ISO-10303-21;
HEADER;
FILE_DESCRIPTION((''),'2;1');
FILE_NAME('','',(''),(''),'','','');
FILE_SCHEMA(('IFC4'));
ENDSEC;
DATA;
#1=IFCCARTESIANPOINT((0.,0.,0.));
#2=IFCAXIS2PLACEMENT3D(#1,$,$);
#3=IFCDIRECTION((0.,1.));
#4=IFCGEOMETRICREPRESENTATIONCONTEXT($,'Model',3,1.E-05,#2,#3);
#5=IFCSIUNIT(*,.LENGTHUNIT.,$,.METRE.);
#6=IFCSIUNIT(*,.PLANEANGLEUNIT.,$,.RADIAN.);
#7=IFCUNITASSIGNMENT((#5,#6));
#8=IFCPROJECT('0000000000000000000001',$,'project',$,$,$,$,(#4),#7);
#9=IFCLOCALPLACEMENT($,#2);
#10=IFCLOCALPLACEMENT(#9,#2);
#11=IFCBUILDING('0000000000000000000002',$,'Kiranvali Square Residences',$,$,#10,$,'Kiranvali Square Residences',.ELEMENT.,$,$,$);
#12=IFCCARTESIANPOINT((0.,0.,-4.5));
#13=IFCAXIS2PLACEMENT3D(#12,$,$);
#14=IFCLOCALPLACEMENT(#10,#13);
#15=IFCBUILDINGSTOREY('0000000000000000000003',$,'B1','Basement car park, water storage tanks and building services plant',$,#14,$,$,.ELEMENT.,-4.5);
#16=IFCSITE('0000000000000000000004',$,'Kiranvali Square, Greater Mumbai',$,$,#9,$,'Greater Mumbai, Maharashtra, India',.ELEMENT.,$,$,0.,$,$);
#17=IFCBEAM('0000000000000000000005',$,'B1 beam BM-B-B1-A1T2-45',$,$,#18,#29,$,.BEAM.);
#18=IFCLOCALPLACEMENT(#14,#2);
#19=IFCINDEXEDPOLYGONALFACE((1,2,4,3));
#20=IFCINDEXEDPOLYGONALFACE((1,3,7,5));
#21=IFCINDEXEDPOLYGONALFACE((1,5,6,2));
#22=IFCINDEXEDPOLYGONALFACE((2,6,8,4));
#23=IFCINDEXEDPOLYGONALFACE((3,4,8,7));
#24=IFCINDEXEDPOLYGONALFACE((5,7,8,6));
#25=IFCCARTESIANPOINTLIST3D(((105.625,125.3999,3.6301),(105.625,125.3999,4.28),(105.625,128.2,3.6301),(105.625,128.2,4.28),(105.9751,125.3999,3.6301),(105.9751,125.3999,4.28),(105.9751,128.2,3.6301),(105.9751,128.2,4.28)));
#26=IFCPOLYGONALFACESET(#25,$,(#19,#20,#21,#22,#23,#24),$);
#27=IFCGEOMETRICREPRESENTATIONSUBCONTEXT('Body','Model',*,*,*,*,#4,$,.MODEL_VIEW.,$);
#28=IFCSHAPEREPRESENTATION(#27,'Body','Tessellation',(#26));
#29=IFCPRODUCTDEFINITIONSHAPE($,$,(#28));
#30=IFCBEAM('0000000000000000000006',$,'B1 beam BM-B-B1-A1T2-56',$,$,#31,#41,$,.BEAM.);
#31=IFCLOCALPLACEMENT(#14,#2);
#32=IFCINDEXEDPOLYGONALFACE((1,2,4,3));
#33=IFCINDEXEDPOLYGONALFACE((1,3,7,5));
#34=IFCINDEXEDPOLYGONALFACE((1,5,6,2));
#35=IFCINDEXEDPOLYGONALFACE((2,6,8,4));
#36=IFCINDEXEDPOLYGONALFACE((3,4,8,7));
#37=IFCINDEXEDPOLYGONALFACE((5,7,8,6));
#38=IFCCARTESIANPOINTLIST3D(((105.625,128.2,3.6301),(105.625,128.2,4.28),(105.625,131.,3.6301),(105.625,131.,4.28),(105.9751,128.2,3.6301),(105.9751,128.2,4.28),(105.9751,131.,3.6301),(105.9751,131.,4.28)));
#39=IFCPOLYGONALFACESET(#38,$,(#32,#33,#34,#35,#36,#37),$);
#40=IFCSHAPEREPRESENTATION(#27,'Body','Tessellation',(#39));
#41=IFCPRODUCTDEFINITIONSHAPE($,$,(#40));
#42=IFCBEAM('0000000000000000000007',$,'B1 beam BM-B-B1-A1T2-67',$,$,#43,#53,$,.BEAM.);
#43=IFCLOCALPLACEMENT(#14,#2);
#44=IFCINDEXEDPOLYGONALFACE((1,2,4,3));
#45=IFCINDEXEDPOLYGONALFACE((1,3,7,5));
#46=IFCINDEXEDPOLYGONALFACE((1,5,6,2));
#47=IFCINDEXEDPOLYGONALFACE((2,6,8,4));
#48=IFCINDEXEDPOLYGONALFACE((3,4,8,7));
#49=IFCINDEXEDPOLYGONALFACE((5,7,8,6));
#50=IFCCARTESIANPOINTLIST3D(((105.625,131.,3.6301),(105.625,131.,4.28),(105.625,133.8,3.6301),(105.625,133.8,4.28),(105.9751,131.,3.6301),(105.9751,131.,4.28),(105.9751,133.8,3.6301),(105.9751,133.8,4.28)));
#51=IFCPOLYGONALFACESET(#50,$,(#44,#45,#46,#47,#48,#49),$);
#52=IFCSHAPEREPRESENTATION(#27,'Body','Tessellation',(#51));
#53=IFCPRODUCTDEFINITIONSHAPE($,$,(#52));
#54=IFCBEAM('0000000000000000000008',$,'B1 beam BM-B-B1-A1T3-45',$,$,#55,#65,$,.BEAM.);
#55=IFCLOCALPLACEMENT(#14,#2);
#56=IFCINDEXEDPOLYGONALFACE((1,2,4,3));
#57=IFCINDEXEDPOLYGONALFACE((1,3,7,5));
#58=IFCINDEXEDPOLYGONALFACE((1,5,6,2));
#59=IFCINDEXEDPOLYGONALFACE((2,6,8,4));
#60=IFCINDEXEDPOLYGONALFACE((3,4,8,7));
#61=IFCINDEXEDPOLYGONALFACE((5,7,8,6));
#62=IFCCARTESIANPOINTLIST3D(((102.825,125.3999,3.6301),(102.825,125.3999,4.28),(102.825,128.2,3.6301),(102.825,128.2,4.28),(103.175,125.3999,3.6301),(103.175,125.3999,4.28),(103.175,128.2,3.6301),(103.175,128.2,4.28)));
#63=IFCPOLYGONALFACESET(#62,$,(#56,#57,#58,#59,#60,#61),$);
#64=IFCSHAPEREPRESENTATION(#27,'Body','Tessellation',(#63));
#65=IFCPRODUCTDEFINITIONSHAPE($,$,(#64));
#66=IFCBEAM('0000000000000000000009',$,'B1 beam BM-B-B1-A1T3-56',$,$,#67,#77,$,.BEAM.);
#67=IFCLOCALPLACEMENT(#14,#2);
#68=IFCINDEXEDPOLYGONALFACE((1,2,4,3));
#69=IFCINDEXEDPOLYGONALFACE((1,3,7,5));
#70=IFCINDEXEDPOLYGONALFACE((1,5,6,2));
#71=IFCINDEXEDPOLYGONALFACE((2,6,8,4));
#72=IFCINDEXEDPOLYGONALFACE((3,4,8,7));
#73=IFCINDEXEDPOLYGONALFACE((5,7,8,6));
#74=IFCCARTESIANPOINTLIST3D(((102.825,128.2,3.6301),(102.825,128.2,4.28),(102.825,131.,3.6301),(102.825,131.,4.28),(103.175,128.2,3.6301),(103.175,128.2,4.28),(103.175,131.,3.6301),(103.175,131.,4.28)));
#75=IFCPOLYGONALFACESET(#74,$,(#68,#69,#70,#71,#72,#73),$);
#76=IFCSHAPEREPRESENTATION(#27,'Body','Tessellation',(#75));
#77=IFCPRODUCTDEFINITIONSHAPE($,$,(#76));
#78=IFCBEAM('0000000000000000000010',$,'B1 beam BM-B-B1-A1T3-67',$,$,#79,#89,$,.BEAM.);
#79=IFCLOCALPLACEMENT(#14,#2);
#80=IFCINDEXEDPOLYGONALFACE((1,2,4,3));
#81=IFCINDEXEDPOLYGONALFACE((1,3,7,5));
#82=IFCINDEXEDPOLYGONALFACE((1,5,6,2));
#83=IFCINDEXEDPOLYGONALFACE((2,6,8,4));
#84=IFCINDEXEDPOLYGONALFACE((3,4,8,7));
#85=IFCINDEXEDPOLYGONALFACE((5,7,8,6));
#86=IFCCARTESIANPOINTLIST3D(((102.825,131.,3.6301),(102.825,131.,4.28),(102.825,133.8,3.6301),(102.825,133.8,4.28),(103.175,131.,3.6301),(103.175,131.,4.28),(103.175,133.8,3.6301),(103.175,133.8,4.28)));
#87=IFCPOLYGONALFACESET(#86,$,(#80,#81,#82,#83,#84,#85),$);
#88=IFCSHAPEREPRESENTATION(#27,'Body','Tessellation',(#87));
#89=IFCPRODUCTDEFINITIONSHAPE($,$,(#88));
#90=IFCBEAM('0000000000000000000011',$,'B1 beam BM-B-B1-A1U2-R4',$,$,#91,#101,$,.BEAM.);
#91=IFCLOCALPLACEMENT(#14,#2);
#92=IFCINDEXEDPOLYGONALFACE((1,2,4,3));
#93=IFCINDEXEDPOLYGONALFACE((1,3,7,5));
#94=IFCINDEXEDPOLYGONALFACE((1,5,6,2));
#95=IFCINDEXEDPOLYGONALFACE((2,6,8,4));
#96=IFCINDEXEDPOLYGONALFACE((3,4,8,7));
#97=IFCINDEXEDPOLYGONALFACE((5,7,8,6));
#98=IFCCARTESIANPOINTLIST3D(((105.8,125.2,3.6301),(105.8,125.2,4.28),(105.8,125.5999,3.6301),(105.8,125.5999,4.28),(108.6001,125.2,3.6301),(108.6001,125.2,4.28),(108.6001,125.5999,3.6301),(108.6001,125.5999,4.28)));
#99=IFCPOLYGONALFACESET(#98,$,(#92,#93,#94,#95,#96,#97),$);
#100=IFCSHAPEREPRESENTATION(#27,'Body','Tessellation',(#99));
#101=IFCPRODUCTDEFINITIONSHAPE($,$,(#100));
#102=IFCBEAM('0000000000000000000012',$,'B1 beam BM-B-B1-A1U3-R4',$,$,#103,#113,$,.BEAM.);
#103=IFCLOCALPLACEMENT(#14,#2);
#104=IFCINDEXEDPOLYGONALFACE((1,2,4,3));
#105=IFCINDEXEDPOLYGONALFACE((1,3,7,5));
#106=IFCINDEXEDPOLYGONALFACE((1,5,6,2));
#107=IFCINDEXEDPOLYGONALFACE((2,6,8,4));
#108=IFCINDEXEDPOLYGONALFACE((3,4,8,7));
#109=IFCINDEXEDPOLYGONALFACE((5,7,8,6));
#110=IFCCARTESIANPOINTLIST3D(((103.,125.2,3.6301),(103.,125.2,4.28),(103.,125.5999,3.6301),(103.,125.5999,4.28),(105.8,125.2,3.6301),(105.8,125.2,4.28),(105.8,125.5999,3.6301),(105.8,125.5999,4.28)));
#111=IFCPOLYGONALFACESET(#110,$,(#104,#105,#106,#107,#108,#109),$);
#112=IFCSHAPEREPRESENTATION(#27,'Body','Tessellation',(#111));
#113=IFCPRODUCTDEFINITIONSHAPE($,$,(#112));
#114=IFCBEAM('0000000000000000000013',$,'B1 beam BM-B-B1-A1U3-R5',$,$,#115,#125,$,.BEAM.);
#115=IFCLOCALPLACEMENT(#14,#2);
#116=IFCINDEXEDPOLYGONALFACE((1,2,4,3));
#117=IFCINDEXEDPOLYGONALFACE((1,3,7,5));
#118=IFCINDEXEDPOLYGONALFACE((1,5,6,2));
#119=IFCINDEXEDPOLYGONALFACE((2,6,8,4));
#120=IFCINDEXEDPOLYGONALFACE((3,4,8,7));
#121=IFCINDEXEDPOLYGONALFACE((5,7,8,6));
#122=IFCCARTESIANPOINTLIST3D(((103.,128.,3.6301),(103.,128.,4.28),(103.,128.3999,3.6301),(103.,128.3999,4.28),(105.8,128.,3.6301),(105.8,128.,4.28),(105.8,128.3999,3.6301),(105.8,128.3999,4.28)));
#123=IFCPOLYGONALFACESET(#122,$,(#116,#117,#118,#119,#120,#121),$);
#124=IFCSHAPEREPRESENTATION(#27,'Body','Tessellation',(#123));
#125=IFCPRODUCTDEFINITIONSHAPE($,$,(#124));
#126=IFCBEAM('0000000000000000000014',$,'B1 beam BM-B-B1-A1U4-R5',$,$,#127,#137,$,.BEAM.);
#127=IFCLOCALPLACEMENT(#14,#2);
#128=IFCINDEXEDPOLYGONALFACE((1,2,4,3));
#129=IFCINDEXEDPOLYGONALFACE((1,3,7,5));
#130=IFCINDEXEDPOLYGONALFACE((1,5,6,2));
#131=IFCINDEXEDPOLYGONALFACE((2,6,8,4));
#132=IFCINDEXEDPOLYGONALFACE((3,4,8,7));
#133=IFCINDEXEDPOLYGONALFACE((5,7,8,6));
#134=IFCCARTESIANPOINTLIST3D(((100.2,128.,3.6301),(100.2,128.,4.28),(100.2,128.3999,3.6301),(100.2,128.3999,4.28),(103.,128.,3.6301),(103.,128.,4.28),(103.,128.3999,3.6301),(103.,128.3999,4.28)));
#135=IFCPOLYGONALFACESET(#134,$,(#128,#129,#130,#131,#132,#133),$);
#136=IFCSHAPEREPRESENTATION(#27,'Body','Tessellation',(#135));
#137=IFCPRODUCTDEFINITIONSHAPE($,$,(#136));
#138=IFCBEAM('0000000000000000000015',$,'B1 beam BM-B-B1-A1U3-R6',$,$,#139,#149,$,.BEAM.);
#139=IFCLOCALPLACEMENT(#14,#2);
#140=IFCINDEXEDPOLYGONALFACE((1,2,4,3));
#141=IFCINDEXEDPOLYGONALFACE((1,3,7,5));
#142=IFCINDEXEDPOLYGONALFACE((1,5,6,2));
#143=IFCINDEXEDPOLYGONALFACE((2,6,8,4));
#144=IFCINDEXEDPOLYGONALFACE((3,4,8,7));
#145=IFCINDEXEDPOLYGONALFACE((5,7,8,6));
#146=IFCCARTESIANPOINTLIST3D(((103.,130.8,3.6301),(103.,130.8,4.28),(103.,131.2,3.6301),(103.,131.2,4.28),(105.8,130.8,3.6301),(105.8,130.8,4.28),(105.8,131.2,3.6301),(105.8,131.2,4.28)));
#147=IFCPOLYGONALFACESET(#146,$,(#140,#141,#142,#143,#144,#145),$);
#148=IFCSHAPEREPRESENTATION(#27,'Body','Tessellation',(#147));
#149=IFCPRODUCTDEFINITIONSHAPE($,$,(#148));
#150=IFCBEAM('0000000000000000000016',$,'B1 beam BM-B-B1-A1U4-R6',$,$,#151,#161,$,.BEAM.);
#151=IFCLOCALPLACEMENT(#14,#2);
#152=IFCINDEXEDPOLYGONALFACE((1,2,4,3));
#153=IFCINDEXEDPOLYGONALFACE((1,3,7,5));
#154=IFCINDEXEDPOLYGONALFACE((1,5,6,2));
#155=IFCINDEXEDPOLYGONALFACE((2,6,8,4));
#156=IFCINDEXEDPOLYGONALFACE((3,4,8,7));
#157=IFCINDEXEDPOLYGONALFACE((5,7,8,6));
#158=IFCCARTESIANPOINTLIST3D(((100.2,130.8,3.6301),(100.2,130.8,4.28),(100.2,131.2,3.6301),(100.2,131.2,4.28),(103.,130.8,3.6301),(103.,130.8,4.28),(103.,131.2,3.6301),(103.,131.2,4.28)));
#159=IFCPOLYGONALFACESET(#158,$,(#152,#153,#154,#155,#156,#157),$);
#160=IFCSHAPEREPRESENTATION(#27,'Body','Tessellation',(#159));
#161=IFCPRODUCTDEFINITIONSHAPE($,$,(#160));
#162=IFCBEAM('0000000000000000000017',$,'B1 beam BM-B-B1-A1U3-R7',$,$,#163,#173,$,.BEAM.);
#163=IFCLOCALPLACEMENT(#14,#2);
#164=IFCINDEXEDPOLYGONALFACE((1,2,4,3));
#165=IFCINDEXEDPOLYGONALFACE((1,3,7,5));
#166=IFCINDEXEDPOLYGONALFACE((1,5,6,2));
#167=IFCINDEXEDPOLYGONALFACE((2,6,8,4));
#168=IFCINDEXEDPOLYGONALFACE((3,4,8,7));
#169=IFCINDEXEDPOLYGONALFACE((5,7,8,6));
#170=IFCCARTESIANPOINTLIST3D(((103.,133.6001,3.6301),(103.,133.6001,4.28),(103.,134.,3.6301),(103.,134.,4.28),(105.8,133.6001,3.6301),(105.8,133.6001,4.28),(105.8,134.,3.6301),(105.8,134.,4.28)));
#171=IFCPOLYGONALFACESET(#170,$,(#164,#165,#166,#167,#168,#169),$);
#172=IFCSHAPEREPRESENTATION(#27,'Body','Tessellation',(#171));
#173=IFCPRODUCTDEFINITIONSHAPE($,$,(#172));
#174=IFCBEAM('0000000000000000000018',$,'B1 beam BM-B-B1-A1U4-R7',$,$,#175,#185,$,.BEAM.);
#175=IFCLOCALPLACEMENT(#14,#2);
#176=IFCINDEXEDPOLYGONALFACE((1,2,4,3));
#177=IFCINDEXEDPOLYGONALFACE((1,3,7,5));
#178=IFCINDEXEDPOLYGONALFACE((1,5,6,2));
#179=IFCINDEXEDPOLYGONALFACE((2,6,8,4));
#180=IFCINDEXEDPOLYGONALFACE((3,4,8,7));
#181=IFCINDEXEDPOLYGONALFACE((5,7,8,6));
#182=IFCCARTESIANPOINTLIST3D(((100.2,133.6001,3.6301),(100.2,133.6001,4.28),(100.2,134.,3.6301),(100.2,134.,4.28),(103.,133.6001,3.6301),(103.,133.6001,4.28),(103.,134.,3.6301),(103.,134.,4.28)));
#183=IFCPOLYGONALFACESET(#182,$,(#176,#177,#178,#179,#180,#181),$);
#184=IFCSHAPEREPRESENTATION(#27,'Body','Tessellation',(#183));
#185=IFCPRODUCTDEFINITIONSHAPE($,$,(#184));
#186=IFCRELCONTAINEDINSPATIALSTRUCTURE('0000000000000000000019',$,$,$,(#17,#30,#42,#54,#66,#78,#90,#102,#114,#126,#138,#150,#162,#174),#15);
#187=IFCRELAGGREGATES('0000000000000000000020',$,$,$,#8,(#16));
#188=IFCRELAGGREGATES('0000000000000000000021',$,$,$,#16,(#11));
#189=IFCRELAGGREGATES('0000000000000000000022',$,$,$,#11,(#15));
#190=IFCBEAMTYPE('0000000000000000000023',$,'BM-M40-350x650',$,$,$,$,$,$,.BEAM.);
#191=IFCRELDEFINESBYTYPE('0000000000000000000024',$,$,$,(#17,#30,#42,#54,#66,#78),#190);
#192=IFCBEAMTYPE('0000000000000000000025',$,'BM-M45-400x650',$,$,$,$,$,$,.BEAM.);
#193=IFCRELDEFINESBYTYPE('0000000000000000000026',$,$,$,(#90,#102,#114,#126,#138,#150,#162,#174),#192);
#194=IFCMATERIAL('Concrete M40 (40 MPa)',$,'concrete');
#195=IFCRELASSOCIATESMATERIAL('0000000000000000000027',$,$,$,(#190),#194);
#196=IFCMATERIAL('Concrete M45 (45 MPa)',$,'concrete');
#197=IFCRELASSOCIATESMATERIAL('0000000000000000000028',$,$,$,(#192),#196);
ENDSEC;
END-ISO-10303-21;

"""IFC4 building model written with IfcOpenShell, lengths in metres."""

from ifc_helpers import new_model, si_unit, direction, frame, origin, origin_2d, place, context, subcontext, project, spatial, rectangle, extrude, material, material_profile, profile_set, type_object, element, save


model = new_model("IFC4")

# Units and contexts
model_context = context("Model", 3, precision=1e-05, world=origin(), true_north=direction((0.0, 1.0)))
body_context = subcontext(model_context, "Body", "Model", "MODEL_VIEW")
ifc_project = project(units=[si_unit("LENGTHUNIT", "METRE"), si_unit("PLANEANGLEUNIT", "RADIAN")], contexts=[model_context])

# Site, building, storey
site_placement = place(None, origin())
site = spatial("IfcSite", under=ifc_project, at=site_placement, Name="Kiranvali Square, Greater Mumbai", LongName="Greater Mumbai, Maharashtra, India", CompositionType="ELEMENT", RefElevation=0.0)
building_placement = place(site_placement, origin())
building = spatial("IfcBuilding", under=site, at=building_placement, Name="Kiranvali Square Residences", LongName="Kiranvali Square Residences", CompositionType="ELEMENT")
storey_placement = place(building_placement, frame((0.0, 0.0, -4.5)))
storey = spatial("IfcBuildingStorey", under=building, at=storey_placement, Name="B1", Description="Basement car park, water storage tanks and building services plant", CompositionType="ELEMENT", Elevation=-4.5)

# Shared definitions
ifc_material_1 = material(Name="Concrete M40 (40 MPa)", Category="concrete")

# Beams
ifc_material_profile_1 = material_profile(ifc_material_1, rectangle(XDim=0.3501, YDim=0.6499, at=origin_2d()), Name="RC 350x650")
ifc_profile_set_1 = profile_set([ifc_material_profile_1], Name="Concrete M40 (40 MPa)")
beam_type_1 = type_object("IfcBeamType", Name="BM-M40-350x650", PredefinedType="BEAM", material=ifc_profile_set_1)
for number, where, z_axis, x_axis, name in (
    (1, (105.8, 125.3999, 3.9551), (0.0, 1.0, 0.0), (-1.0, 0.0, 0.0), "B1 beam BM-B-B1-A1T2-45"),
    (2, (105.8, 128.2, 3.9551), (0.0, 1.0, 0.0), (-1.0, 0.0, 0.0), "B1 beam BM-B-B1-A1T2-56"),
    (3, (105.8, 131.0, 3.9551), (0.0, 1.0, 0.0), (-1.0, 0.0, 0.0), "B1 beam BM-B-B1-A1T2-67"),
    (4, (103.0, 125.3999, 3.9551), (0.0, 1.0, 0.0), (-1.0, 0.0, 0.0), "B1 beam BM-B-B1-A1T3-45"),
    (5, (103.0, 128.2, 3.9551), (0.0, 1.0, 0.0), (-1.0, 0.0, 0.0), "B1 beam BM-B-B1-A1T3-56"),
    (6, (103.0, 131.0, 3.9551), (0.0, 1.0, 0.0), (-1.0, 0.0, 0.0), "B1 beam BM-B-B1-A1T3-67"),
):
    element("IfcBeam", number, at=place(storey_placement, frame(where, z_axis=z_axis, x_axis=x_axis)), inside=storey, type_object=beam_type_1, Name=name, PredefinedType="BEAM", context=body_context, shape_type="SweptSolid", body=[
        extrude(rectangle(XDim=0.3501, YDim=0.6499, at=origin_2d()), origin(), (0.0, 0.0, 1.0), 2.8),
    ])
ifc_material_2 = material(Name="Concrete M45 (45 MPa)", Category="concrete")
ifc_material_profile_2 = material_profile(ifc_material_2, rectangle(XDim=0.3999, YDim=0.6499, at=origin_2d()), Name="RC 400x650")
ifc_profile_set_2 = profile_set([ifc_material_profile_2], Name="Concrete M45 (45 MPa)")
beam_type_2 = type_object("IfcBeamType", Name="BM-M45-400x650", PredefinedType="BEAM", material=ifc_profile_set_2)
for number, where, z_axis, x_axis, name in (
    (7, (108.6001, 125.3999, 3.9551), (-1.0, 0.0, 0.0), (0.0, -1.0, 0.0), "B1 beam BM-B-B1-A1U2-R4"),
    (8, (105.8, 125.3999, 3.9551), (-1.0, 0.0, 0.0), (0.0, -1.0, 0.0), "B1 beam BM-B-B1-A1U3-R4"),
    (9, (105.8, 128.2, 3.9551), (-1.0, 0.0, 0.0), (0.0, -1.0, 0.0), "B1 beam BM-B-B1-A1U3-R5"),
    (10, (103.0, 128.2, 3.9551), (-1.0, 0.0, 0.0), (0.0, -1.0, 0.0), "B1 beam BM-B-B1-A1U4-R5"),
    (11, (105.8, 131.0, 3.9551), (-1.0, 0.0, 0.0), (0.0, -1.0, 0.0), "B1 beam BM-B-B1-A1U3-R6"),
    (12, (103.0, 131.0, 3.9551), (-1.0, 0.0, 0.0), (0.0, -1.0, 0.0), "B1 beam BM-B-B1-A1U4-R6"),
    (13, (105.8, 133.8, 3.9551), (-1.0, 0.0, 0.0), (0.0, -1.0, 0.0), "B1 beam BM-B-B1-A1U3-R7"),
    (14, (103.0, 133.8, 3.9551), (-1.0, 0.0, 0.0), (0.0, -1.0, 0.0), "B1 beam BM-B-B1-A1U4-R7"),
):
    element("IfcBeam", number, at=place(storey_placement, frame(where, z_axis=z_axis, x_axis=x_axis)), inside=storey, type_object=beam_type_2, Name=name, PredefinedType="BEAM", context=body_context, shape_type="SweptSolid", body=[
        extrude(rectangle(XDim=0.3999, YDim=0.6499, at=origin_2d()), origin(), (0.0, 0.0, 1.0), 2.8),
    ])

save(model, "model.ifc")
